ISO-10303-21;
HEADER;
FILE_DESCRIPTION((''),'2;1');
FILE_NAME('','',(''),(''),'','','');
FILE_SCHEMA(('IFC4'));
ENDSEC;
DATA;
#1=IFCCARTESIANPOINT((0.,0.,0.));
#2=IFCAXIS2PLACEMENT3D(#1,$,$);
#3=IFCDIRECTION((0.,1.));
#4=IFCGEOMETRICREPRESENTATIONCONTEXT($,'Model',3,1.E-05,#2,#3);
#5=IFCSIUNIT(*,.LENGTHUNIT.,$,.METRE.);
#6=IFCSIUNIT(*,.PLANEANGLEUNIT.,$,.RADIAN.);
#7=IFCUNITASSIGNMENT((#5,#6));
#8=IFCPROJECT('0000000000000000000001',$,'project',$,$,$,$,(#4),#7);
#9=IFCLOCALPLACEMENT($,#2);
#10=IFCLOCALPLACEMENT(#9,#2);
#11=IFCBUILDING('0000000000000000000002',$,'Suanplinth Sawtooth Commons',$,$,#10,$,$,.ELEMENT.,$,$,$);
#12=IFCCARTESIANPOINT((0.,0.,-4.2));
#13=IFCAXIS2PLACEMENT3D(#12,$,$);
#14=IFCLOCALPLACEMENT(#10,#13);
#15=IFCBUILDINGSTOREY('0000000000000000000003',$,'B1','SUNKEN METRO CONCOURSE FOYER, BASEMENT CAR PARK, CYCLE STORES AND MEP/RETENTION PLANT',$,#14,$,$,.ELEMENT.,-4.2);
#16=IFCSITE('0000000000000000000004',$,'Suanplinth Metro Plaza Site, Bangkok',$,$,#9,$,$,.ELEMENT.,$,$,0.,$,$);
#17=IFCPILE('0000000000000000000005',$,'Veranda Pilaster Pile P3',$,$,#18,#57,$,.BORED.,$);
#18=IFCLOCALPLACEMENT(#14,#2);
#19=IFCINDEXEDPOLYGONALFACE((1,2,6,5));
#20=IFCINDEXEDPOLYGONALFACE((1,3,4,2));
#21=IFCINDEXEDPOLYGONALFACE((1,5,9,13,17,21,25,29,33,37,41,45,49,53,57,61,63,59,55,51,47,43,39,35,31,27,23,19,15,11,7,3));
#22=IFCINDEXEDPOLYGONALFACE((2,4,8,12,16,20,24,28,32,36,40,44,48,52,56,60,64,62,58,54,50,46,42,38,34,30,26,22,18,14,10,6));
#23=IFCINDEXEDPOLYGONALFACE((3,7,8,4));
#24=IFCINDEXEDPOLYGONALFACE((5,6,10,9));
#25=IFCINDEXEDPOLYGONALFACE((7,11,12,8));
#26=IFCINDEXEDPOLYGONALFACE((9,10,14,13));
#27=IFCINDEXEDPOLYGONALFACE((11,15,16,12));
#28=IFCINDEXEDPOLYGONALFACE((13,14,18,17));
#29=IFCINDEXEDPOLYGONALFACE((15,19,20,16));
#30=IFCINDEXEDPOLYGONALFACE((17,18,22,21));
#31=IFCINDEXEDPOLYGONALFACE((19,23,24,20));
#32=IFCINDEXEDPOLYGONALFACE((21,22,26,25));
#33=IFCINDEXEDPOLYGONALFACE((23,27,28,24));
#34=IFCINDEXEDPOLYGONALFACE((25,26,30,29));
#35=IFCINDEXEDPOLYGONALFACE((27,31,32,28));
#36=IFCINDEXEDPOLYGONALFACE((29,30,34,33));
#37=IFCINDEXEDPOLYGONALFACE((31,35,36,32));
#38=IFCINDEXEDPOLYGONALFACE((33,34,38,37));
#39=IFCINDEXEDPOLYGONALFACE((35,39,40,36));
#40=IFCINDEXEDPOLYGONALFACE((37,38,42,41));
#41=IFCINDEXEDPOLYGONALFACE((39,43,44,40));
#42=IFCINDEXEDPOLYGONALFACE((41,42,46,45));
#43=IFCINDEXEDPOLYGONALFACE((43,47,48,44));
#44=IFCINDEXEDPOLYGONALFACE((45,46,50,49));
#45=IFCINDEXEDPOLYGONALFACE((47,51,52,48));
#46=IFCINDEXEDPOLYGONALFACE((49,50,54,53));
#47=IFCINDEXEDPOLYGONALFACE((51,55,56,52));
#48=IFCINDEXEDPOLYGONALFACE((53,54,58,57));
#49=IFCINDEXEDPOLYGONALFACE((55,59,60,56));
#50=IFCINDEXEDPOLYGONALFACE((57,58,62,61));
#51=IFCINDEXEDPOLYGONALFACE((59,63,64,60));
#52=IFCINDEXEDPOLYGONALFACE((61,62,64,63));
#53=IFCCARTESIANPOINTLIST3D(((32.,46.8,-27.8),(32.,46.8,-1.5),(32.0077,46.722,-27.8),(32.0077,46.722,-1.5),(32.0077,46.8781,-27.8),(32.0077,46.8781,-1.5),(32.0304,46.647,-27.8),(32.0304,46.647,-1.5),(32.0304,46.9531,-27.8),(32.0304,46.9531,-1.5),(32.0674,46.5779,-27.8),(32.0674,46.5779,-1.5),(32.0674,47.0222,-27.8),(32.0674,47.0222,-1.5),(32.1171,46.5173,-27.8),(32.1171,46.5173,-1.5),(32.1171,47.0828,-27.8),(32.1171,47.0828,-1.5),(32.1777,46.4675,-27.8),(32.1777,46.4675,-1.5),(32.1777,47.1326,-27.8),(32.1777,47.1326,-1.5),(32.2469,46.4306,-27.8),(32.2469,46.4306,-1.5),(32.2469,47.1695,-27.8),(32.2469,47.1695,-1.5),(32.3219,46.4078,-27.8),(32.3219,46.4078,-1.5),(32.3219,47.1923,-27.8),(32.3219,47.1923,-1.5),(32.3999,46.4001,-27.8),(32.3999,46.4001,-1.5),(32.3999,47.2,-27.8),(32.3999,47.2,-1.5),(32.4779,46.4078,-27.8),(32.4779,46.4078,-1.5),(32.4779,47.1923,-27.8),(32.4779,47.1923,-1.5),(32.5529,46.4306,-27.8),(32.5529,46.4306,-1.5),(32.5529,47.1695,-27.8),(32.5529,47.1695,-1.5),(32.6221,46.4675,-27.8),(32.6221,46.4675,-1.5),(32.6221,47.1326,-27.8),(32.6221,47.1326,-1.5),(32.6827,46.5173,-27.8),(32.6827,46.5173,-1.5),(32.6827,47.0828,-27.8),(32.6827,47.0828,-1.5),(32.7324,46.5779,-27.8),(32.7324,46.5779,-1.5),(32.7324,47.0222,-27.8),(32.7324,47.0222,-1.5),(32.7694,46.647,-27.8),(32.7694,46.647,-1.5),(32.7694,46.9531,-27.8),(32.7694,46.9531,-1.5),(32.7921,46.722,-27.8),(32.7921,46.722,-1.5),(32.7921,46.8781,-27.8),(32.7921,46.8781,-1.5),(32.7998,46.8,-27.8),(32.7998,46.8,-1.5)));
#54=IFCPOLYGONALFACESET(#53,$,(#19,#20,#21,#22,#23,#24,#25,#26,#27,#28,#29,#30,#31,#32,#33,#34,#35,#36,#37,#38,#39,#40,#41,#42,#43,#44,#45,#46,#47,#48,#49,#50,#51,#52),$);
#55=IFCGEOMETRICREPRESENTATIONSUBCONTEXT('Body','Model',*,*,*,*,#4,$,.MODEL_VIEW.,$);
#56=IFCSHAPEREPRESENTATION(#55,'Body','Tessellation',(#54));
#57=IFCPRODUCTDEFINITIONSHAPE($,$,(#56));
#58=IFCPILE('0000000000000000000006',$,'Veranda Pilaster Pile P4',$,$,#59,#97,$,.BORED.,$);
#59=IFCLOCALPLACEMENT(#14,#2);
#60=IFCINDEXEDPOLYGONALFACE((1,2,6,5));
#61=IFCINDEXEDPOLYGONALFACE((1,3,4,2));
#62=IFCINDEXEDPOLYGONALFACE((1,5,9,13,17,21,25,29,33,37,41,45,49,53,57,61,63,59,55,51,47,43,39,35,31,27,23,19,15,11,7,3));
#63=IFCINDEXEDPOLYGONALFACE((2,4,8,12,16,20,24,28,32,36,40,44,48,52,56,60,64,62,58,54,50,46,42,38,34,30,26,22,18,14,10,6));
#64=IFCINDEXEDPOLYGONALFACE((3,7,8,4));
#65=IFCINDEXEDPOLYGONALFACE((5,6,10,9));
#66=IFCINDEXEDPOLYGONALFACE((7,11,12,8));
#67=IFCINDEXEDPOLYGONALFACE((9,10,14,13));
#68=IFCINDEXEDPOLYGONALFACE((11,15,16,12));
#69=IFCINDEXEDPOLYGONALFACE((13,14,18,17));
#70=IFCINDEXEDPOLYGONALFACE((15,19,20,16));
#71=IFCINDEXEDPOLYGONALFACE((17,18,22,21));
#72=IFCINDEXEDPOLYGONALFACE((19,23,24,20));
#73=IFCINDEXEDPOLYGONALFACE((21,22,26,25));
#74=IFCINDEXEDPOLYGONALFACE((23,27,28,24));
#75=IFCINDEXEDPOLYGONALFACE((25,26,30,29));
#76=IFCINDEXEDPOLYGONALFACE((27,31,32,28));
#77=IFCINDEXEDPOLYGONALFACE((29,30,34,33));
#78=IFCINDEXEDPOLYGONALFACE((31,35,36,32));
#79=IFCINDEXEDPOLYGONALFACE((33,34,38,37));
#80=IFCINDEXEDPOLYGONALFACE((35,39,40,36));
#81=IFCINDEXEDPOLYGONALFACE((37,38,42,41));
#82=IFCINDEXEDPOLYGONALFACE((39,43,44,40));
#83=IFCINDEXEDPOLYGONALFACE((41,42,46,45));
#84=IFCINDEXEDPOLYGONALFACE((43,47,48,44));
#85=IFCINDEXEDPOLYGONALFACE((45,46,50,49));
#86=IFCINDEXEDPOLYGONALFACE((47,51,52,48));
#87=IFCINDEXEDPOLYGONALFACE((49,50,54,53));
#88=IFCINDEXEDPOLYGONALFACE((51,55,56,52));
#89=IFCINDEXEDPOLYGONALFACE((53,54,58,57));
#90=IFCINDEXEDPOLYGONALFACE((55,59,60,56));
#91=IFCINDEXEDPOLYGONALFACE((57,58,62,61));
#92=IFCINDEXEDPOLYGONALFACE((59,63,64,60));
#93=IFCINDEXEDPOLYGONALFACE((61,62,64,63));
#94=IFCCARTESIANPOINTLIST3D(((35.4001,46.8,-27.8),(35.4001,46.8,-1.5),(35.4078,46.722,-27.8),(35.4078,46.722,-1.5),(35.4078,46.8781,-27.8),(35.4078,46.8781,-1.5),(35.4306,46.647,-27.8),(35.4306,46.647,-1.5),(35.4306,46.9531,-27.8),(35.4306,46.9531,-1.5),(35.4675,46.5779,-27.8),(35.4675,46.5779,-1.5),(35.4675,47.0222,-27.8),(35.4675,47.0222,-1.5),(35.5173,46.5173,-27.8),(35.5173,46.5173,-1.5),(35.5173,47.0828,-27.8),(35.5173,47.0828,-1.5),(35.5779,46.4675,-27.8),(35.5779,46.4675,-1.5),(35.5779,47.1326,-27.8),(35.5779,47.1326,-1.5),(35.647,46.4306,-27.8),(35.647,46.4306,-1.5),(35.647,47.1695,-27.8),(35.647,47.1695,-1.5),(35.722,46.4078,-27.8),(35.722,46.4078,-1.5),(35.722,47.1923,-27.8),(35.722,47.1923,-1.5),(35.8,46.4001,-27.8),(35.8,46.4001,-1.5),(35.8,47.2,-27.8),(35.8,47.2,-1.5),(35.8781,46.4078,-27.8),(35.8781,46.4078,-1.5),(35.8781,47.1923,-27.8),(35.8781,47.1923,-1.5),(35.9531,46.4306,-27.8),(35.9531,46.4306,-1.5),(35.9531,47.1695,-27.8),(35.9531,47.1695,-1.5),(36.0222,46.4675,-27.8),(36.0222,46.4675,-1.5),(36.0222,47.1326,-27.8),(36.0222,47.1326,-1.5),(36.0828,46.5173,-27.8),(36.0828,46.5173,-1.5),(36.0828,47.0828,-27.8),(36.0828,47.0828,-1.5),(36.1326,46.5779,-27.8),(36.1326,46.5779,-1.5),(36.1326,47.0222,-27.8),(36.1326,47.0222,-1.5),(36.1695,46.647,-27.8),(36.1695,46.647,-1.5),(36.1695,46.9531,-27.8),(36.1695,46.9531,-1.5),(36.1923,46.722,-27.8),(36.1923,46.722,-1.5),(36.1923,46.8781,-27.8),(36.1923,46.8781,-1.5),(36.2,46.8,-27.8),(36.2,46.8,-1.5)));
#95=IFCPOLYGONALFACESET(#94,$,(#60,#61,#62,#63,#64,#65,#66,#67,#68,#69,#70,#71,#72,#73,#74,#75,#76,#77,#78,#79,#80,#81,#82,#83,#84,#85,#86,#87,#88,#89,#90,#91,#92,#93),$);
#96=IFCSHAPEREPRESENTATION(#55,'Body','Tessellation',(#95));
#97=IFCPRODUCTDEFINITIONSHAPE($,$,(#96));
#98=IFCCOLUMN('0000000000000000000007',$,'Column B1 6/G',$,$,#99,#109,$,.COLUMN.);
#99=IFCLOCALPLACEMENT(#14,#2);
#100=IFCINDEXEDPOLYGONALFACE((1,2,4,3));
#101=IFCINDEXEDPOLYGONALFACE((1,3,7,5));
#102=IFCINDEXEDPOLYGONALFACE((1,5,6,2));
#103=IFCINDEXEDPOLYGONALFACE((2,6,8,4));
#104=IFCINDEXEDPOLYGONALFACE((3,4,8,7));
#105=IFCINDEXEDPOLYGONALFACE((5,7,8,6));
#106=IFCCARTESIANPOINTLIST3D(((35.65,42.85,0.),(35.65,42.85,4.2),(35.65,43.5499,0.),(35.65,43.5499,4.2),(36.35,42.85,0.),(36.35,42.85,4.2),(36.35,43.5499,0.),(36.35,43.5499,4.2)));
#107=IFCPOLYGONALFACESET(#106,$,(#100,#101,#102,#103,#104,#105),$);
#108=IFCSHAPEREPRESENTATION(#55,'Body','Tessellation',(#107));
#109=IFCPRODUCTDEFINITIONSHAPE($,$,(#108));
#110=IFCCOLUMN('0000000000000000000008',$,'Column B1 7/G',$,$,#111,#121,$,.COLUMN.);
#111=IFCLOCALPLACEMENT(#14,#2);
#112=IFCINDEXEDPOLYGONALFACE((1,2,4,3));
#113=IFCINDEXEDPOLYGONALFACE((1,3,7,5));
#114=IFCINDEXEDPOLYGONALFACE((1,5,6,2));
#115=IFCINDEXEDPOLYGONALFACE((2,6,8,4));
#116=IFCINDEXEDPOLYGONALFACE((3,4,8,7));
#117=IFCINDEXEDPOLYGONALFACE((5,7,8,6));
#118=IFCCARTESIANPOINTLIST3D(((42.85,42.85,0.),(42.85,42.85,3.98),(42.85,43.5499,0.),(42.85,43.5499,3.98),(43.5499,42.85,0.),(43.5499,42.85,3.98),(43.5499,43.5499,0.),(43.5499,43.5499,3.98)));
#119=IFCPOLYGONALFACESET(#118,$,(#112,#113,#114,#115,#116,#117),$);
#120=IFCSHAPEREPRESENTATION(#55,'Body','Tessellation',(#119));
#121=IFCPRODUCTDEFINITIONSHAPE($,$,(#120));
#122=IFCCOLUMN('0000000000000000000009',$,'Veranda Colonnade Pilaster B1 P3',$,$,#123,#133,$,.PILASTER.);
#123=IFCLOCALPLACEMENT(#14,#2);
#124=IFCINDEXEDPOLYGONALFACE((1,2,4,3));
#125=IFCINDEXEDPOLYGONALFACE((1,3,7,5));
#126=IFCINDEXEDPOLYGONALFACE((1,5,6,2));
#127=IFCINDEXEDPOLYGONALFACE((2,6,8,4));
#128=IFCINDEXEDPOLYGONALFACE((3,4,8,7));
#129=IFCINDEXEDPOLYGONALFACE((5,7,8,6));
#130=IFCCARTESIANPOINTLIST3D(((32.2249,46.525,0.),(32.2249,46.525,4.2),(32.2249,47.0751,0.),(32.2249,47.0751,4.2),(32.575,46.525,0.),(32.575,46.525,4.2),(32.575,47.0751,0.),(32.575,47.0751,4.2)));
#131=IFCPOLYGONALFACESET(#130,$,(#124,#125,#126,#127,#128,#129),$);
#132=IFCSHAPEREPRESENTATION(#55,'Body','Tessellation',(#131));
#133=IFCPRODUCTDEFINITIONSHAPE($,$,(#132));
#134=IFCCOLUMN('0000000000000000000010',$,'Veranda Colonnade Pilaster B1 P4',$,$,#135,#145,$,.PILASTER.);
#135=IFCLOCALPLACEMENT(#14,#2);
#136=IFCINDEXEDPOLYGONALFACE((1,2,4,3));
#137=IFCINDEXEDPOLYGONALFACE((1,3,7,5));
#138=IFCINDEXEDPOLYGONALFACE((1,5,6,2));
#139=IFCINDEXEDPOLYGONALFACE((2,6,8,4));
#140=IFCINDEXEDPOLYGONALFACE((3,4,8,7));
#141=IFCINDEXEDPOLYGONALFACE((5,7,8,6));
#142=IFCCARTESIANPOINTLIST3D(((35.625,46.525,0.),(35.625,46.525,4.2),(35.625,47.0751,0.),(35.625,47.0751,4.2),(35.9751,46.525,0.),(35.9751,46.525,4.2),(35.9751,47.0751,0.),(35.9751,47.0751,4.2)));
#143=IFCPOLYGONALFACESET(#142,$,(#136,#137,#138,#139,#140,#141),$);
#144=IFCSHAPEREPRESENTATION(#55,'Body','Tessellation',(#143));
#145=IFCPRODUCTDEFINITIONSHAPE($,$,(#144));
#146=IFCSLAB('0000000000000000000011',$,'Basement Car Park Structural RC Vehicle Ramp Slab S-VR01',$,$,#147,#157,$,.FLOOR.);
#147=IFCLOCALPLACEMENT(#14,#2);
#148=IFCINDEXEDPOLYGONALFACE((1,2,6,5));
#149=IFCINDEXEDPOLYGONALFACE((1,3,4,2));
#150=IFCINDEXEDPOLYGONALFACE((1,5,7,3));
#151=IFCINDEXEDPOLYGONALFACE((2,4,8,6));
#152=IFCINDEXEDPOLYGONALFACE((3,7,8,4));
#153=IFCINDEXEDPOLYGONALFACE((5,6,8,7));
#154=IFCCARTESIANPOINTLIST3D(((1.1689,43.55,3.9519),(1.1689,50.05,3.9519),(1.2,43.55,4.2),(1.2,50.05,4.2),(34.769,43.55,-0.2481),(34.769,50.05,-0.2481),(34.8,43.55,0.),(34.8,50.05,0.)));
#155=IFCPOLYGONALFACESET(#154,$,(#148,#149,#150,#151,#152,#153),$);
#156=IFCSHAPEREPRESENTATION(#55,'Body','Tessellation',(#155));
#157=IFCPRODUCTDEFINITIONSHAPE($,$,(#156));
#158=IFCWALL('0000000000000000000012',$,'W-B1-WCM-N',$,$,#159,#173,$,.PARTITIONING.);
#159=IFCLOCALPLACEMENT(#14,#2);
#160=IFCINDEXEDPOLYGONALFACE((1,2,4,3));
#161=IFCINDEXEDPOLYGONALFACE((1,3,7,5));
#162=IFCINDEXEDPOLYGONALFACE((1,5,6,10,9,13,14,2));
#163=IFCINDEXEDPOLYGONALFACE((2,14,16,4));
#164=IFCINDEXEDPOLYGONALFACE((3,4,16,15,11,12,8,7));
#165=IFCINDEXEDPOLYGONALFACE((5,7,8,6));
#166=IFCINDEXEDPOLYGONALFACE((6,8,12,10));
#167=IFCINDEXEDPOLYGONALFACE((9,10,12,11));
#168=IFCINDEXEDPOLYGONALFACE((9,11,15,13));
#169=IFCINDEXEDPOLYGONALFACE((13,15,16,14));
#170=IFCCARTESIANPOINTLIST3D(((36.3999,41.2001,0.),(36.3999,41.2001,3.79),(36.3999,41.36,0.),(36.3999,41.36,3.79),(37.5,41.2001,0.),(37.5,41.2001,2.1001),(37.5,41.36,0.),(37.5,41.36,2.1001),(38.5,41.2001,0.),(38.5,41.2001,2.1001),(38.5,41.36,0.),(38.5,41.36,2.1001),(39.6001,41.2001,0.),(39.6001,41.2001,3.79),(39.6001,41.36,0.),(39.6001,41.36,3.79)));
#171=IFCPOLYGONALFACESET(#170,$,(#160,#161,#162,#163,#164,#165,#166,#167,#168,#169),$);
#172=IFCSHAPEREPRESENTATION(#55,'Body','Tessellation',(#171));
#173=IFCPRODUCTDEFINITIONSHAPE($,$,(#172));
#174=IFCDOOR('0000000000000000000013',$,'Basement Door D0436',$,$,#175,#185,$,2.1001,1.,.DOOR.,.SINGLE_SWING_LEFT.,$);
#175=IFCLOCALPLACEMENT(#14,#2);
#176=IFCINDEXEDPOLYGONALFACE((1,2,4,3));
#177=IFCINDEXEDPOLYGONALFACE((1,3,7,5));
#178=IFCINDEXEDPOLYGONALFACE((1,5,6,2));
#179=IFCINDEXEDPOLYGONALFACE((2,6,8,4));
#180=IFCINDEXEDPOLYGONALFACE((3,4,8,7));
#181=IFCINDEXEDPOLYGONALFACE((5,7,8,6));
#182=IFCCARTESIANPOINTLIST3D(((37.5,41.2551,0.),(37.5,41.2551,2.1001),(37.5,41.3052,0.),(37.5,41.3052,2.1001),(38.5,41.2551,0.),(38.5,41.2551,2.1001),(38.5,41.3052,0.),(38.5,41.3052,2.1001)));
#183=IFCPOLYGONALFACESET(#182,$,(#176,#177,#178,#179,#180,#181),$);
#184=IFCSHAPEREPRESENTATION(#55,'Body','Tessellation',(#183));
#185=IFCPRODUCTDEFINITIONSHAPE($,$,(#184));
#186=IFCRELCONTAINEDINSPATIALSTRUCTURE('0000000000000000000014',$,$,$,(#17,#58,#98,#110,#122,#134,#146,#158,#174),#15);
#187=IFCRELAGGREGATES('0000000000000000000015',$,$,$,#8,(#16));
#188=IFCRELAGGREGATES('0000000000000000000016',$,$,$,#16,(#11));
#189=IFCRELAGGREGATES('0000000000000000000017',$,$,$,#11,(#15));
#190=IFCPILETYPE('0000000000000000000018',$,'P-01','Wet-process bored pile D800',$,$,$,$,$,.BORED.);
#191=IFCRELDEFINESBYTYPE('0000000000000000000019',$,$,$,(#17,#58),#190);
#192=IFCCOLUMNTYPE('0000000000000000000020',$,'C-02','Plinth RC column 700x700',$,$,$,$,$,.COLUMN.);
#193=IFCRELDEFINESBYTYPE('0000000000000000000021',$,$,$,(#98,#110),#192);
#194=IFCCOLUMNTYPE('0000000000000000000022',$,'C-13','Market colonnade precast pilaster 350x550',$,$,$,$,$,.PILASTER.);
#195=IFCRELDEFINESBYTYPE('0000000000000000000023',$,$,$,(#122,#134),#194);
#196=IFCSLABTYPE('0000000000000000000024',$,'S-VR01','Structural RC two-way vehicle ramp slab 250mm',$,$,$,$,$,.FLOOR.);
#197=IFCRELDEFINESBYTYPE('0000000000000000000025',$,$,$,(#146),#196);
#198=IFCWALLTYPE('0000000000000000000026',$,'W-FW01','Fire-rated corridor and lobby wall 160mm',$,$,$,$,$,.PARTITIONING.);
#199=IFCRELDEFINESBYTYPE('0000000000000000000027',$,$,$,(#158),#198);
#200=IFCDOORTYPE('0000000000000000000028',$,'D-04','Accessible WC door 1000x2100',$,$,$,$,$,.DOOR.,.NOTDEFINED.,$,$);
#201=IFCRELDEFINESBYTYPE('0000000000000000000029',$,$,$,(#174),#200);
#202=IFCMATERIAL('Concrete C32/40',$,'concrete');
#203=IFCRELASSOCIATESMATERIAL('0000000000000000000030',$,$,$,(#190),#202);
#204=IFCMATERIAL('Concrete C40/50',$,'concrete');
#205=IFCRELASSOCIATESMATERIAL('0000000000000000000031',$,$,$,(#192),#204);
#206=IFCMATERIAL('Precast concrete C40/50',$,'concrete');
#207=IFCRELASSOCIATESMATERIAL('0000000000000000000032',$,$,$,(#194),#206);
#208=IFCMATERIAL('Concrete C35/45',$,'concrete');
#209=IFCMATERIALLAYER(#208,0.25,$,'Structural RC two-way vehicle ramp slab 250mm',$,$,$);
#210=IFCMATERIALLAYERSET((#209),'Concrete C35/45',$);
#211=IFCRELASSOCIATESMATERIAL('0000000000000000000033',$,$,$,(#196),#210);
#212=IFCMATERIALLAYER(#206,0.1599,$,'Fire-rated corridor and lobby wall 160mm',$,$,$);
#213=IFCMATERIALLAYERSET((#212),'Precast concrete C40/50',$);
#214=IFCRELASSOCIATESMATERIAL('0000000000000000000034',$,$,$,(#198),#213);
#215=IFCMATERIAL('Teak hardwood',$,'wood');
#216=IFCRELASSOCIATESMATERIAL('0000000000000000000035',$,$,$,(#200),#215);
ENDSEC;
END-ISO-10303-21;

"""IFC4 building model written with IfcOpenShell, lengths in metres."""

from ifc_helpers import new_model, si_unit, direction, frame, frame_2d, origin, origin_2d, place, context, subcontext, project, spatial, polyline, rectangle, circle, outline, extrude, material, layer, layer_set, material_profile, profile_set, type_object, element, fill, save


model = new_model("IFC4")

# Units and contexts
model_context = context("Model", 3, precision=1e-05, world=origin(), true_north=direction((0.0, 1.0)))
body_context = subcontext(model_context, "Body", "Model", "MODEL_VIEW")
ifc_project = project(units=[si_unit("LENGTHUNIT", "METRE"), si_unit("PLANEANGLEUNIT", "RADIAN")], contexts=[model_context])

# Site, building, storey
site_placement = place(None, origin())
site = spatial("IfcSite", under=ifc_project, at=site_placement, Name="Suanplinth Metro Plaza Site, Bangkok", CompositionType="ELEMENT", RefElevation=0.0)
building_placement = place(site_placement, origin())
building = spatial("IfcBuilding", under=site, at=building_placement, Name="Suanplinth Sawtooth Commons", CompositionType="ELEMENT")
storey_placement = place(building_placement, frame((0.0, 0.0, -4.2)))
storey = spatial("IfcBuildingStorey", under=building, at=storey_placement, Name="B1", Description="SUNKEN METRO CONCOURSE FOYER, BASEMENT CAR PARK, CYCLE STORES AND MEP/RETENTION PLANT", CompositionType="ELEMENT", Elevation=-4.2)

# Shared definitions
ifc_material_1 = material(Name="Concrete C35/45", Category="concrete")

# Piles
ifc_material_2 = material(Name="Concrete C32/40", Category="concrete")
ifc_material_profile_1 = material_profile(ifc_material_2, circle(Radius=0.3999, at=origin_2d()), Name="PILE D800")
ifc_profile_set_1 = profile_set([ifc_material_profile_1], Name="Concrete C32/40")
pile_type = type_object("IfcPileType", Name="P-01", Description="Wet-process bored pile D800", PredefinedType="BORED", material=ifc_profile_set_1)
for number, where, z_axis, x_axis, name in (
    (1, (32.3999, 46.8, -1.5), (0.0, 0.0, -1.0), (1.0, 0.0, 0.0), "Veranda Pilaster Pile P3"),
    (2, (35.8, 46.8, -1.5), (0.0, 0.0, -1.0), (1.0, 0.0, 0.0), "Veranda Pilaster Pile P4"),
):
    element("IfcPile", number, at=place(storey_placement, frame(where, z_axis=z_axis, x_axis=x_axis)), inside=storey, type_object=pile_type, Name=name, PredefinedType="BORED", context=body_context, shape_type="SweptSolid", body=[
        extrude(circle(Radius=0.3999, at=origin_2d()), origin(), (0.0, 0.0, 1.0), 26.3),
    ])

# Columns
ifc_material_3 = material(Name="Concrete C40/50", Category="concrete")
ifc_material_profile_2 = material_profile(ifc_material_3, rectangle(XDim=0.7, YDim=0.7, at=origin_2d()), Name="RC-COL 700x700")
ifc_profile_set_2 = profile_set([ifc_material_profile_2], Name="Concrete C40/50")
column_type_1 = type_object("IfcColumnType", Name="C-02", Description="Plinth RC column 700x700", PredefinedType="COLUMN", material=ifc_profile_set_2)
column_1_placement = place(storey_placement, frame((36.0, 43.2, 0.0), z_axis=(0.0, 0.0, 1.0), x_axis=(1.0, 0.0, 0.0)))
element("IfcColumn", 3, at=column_1_placement, inside=storey, type_object=column_type_1, Name="Column B1 6/G", PredefinedType="COLUMN", context=body_context, shape_type="SweptSolid", body=[
    extrude(rectangle(XDim=0.7, YDim=0.7, at=origin_2d()), origin(), (0.0, 0.0, 1.0), 4.2),
])
column_2_placement = place(storey_placement, frame((43.2, 43.2, 0.0), z_axis=(0.0, 0.0, 1.0), x_axis=(1.0, 0.0, 0.0)))
element("IfcColumn", 4, at=column_2_placement, inside=storey, type_object=column_type_1, Name="Column B1 7/G", PredefinedType="COLUMN", context=body_context, shape_type="SweptSolid", body=[
    extrude(rectangle(XDim=0.7, YDim=0.7, at=origin_2d()), origin(), (0.0, 0.0, 1.0), 3.98),
])
ifc_material_4 = material(Name="Precast concrete C40/50", Category="concrete")
ifc_material_profile_3 = material_profile(ifc_material_4, rectangle(XDim=0.3501, YDim=0.55, at=origin_2d()), Name="PC-PIL 350x550")
ifc_profile_set_3 = profile_set([ifc_material_profile_3], Name="Precast concrete C40/50")
column_type_2 = type_object("IfcColumnType", Name="C-13", Description="Market colonnade precast pilaster 350x550", PredefinedType="PILASTER", material=ifc_profile_set_3)
for number, where, z_axis, x_axis, name in (
    (5, (32.3999, 46.8, 0.0), (0.0, 0.0, 1.0), (1.0, 0.0, 0.0), "Veranda Colonnade Pilaster B1 P3"),
    (6, (35.8, 46.8, 0.0), (0.0, 0.0, 1.0), (1.0, 0.0, 0.0), "Veranda Colonnade Pilaster B1 P4"),
):
    element("IfcColumn", number, at=place(storey_placement, frame(where, z_axis=z_axis, x_axis=x_axis)), inside=storey, type_object=column_type_2, Name=name, PredefinedType="PILASTER", context=body_context, shape_type="SweptSolid", body=[
        extrude(rectangle(XDim=0.3501, YDim=0.55, at=origin_2d()), origin(), (0.0, 0.0, 1.0), 4.2),
    ])

# Slab
ifc_layer_1 = layer(ifc_material_1, 0.25, Name="Structural RC two-way vehicle ramp slab 250mm")
ifc_layer_set_1 = layer_set([ifc_layer_1], Name="Concrete C35/45")
slab_type = type_object("IfcSlabType", Name="S-VR01", Description="Structural RC two-way vehicle ramp slab 250mm", PredefinedType="FLOOR", material=ifc_layer_set_1)
slab_placement = place(storey_placement, frame((34.8, 43.55, 0.0), z_axis=(0.124033, 0.0, 0.992278), x_axis=(0.0, 1.0, 0.0)))
element("IfcSlab", 7, at=slab_placement, inside=storey, type_object=slab_type, Name="Basement Car Park Structural RC Vehicle Ramp Slab S-VR01", PredefinedType="FLOOR", context=body_context, shape_type="SweptSolid", body=[
    extrude(outline(polyline([(0.0, 0.0), (6.5, 0.0), (6.5, 33.8616), (0.0, 33.8616), (0.0, 0.0)])), origin(), (0.0, 0.0, -1.0), 0.25),
])

# Wall, opening, door
ifc_layer_2 = layer(ifc_material_4, 0.1599, Name="Fire-rated corridor and lobby wall 160mm")
ifc_layer_set_2 = layer_set([ifc_layer_2], Name="Precast concrete C40/50")
wall_type = type_object("IfcWallType", Name="W-FW01", Description="Fire-rated corridor and lobby wall 160mm", PredefinedType="PARTITIONING", material=ifc_layer_set_2)
wall_1_placement = place(storey_placement, frame((36.3999, 41.28, 0.0), z_axis=(0.0, 0.0, 1.0), x_axis=(1.0, 0.0, 0.0)))
wall_1 = element("IfcWall", 8, at=wall_1_placement, inside=storey, type_object=wall_type, Name="W-B1-WCM-N", PredefinedType="PARTITIONING", context=body_context, shape_type="SweptSolid", body=[
    extrude(rectangle(XDim=3.2002, YDim=0.1599, at=frame_2d((1.6001, 0.0))), origin(), (0.0, 0.0, 1.0), 3.79),
])
opening_1_placement = place(wall_1_placement, frame((1.1001, 0.0, 0.0)))
opening_1 = element("IfcOpeningElement", 9, at=opening_1_placement, cuts=wall_1, PredefinedType="OPENING", context=body_context, shape_type="SweptSolid", body=[
    extrude(rectangle(XDim=1.0, YDim=2.1001, at=frame_2d((0.5, 1.05))), frame((0.0, 0.0947, 0.0), z_axis=(0.0, -1.0, 0.0), x_axis=(1.0, 0.0, 0.0)), (0.0, 0.0, 1.0), 0.1897),
])
ifc_material_5 = material(Name="Teak hardwood", Category="wood")
door_type = type_object("IfcDoorType", Name="D-04", Description="Accessible WC door 1000x2100", OperationType="NOTDEFINED", PredefinedType="DOOR", material=ifc_material_5)
door_1_placement = place(opening_1_placement, frame((1.0, 0.0, 0.0), z_axis=(0.0, 0.0, 1.0), x_axis=(-1.0, 0.0, 0.0)))
door_1 = element("IfcDoor", 10, at=door_1_placement, inside=storey, type_object=door_type, Name="Basement Door D0436", OperationType="SINGLE_SWING_LEFT", OverallHeight=2.1001, OverallWidth=1.0, PredefinedType="DOOR", context=body_context, shape_type="SweptSolid", body=[
    extrude(rectangle(XDim=1.0, YDim=2.1001, at=frame_2d((0.5, 1.05))), frame((0.0, 0.0249, 0.0), z_axis=(0.0, -1.0, 0.0), x_axis=(1.0, 0.0, 0.0)), (0.0, 0.0, 1.0), 0.05),
])
fill(opening_1, door_1)

save(model, "model.ifc")
